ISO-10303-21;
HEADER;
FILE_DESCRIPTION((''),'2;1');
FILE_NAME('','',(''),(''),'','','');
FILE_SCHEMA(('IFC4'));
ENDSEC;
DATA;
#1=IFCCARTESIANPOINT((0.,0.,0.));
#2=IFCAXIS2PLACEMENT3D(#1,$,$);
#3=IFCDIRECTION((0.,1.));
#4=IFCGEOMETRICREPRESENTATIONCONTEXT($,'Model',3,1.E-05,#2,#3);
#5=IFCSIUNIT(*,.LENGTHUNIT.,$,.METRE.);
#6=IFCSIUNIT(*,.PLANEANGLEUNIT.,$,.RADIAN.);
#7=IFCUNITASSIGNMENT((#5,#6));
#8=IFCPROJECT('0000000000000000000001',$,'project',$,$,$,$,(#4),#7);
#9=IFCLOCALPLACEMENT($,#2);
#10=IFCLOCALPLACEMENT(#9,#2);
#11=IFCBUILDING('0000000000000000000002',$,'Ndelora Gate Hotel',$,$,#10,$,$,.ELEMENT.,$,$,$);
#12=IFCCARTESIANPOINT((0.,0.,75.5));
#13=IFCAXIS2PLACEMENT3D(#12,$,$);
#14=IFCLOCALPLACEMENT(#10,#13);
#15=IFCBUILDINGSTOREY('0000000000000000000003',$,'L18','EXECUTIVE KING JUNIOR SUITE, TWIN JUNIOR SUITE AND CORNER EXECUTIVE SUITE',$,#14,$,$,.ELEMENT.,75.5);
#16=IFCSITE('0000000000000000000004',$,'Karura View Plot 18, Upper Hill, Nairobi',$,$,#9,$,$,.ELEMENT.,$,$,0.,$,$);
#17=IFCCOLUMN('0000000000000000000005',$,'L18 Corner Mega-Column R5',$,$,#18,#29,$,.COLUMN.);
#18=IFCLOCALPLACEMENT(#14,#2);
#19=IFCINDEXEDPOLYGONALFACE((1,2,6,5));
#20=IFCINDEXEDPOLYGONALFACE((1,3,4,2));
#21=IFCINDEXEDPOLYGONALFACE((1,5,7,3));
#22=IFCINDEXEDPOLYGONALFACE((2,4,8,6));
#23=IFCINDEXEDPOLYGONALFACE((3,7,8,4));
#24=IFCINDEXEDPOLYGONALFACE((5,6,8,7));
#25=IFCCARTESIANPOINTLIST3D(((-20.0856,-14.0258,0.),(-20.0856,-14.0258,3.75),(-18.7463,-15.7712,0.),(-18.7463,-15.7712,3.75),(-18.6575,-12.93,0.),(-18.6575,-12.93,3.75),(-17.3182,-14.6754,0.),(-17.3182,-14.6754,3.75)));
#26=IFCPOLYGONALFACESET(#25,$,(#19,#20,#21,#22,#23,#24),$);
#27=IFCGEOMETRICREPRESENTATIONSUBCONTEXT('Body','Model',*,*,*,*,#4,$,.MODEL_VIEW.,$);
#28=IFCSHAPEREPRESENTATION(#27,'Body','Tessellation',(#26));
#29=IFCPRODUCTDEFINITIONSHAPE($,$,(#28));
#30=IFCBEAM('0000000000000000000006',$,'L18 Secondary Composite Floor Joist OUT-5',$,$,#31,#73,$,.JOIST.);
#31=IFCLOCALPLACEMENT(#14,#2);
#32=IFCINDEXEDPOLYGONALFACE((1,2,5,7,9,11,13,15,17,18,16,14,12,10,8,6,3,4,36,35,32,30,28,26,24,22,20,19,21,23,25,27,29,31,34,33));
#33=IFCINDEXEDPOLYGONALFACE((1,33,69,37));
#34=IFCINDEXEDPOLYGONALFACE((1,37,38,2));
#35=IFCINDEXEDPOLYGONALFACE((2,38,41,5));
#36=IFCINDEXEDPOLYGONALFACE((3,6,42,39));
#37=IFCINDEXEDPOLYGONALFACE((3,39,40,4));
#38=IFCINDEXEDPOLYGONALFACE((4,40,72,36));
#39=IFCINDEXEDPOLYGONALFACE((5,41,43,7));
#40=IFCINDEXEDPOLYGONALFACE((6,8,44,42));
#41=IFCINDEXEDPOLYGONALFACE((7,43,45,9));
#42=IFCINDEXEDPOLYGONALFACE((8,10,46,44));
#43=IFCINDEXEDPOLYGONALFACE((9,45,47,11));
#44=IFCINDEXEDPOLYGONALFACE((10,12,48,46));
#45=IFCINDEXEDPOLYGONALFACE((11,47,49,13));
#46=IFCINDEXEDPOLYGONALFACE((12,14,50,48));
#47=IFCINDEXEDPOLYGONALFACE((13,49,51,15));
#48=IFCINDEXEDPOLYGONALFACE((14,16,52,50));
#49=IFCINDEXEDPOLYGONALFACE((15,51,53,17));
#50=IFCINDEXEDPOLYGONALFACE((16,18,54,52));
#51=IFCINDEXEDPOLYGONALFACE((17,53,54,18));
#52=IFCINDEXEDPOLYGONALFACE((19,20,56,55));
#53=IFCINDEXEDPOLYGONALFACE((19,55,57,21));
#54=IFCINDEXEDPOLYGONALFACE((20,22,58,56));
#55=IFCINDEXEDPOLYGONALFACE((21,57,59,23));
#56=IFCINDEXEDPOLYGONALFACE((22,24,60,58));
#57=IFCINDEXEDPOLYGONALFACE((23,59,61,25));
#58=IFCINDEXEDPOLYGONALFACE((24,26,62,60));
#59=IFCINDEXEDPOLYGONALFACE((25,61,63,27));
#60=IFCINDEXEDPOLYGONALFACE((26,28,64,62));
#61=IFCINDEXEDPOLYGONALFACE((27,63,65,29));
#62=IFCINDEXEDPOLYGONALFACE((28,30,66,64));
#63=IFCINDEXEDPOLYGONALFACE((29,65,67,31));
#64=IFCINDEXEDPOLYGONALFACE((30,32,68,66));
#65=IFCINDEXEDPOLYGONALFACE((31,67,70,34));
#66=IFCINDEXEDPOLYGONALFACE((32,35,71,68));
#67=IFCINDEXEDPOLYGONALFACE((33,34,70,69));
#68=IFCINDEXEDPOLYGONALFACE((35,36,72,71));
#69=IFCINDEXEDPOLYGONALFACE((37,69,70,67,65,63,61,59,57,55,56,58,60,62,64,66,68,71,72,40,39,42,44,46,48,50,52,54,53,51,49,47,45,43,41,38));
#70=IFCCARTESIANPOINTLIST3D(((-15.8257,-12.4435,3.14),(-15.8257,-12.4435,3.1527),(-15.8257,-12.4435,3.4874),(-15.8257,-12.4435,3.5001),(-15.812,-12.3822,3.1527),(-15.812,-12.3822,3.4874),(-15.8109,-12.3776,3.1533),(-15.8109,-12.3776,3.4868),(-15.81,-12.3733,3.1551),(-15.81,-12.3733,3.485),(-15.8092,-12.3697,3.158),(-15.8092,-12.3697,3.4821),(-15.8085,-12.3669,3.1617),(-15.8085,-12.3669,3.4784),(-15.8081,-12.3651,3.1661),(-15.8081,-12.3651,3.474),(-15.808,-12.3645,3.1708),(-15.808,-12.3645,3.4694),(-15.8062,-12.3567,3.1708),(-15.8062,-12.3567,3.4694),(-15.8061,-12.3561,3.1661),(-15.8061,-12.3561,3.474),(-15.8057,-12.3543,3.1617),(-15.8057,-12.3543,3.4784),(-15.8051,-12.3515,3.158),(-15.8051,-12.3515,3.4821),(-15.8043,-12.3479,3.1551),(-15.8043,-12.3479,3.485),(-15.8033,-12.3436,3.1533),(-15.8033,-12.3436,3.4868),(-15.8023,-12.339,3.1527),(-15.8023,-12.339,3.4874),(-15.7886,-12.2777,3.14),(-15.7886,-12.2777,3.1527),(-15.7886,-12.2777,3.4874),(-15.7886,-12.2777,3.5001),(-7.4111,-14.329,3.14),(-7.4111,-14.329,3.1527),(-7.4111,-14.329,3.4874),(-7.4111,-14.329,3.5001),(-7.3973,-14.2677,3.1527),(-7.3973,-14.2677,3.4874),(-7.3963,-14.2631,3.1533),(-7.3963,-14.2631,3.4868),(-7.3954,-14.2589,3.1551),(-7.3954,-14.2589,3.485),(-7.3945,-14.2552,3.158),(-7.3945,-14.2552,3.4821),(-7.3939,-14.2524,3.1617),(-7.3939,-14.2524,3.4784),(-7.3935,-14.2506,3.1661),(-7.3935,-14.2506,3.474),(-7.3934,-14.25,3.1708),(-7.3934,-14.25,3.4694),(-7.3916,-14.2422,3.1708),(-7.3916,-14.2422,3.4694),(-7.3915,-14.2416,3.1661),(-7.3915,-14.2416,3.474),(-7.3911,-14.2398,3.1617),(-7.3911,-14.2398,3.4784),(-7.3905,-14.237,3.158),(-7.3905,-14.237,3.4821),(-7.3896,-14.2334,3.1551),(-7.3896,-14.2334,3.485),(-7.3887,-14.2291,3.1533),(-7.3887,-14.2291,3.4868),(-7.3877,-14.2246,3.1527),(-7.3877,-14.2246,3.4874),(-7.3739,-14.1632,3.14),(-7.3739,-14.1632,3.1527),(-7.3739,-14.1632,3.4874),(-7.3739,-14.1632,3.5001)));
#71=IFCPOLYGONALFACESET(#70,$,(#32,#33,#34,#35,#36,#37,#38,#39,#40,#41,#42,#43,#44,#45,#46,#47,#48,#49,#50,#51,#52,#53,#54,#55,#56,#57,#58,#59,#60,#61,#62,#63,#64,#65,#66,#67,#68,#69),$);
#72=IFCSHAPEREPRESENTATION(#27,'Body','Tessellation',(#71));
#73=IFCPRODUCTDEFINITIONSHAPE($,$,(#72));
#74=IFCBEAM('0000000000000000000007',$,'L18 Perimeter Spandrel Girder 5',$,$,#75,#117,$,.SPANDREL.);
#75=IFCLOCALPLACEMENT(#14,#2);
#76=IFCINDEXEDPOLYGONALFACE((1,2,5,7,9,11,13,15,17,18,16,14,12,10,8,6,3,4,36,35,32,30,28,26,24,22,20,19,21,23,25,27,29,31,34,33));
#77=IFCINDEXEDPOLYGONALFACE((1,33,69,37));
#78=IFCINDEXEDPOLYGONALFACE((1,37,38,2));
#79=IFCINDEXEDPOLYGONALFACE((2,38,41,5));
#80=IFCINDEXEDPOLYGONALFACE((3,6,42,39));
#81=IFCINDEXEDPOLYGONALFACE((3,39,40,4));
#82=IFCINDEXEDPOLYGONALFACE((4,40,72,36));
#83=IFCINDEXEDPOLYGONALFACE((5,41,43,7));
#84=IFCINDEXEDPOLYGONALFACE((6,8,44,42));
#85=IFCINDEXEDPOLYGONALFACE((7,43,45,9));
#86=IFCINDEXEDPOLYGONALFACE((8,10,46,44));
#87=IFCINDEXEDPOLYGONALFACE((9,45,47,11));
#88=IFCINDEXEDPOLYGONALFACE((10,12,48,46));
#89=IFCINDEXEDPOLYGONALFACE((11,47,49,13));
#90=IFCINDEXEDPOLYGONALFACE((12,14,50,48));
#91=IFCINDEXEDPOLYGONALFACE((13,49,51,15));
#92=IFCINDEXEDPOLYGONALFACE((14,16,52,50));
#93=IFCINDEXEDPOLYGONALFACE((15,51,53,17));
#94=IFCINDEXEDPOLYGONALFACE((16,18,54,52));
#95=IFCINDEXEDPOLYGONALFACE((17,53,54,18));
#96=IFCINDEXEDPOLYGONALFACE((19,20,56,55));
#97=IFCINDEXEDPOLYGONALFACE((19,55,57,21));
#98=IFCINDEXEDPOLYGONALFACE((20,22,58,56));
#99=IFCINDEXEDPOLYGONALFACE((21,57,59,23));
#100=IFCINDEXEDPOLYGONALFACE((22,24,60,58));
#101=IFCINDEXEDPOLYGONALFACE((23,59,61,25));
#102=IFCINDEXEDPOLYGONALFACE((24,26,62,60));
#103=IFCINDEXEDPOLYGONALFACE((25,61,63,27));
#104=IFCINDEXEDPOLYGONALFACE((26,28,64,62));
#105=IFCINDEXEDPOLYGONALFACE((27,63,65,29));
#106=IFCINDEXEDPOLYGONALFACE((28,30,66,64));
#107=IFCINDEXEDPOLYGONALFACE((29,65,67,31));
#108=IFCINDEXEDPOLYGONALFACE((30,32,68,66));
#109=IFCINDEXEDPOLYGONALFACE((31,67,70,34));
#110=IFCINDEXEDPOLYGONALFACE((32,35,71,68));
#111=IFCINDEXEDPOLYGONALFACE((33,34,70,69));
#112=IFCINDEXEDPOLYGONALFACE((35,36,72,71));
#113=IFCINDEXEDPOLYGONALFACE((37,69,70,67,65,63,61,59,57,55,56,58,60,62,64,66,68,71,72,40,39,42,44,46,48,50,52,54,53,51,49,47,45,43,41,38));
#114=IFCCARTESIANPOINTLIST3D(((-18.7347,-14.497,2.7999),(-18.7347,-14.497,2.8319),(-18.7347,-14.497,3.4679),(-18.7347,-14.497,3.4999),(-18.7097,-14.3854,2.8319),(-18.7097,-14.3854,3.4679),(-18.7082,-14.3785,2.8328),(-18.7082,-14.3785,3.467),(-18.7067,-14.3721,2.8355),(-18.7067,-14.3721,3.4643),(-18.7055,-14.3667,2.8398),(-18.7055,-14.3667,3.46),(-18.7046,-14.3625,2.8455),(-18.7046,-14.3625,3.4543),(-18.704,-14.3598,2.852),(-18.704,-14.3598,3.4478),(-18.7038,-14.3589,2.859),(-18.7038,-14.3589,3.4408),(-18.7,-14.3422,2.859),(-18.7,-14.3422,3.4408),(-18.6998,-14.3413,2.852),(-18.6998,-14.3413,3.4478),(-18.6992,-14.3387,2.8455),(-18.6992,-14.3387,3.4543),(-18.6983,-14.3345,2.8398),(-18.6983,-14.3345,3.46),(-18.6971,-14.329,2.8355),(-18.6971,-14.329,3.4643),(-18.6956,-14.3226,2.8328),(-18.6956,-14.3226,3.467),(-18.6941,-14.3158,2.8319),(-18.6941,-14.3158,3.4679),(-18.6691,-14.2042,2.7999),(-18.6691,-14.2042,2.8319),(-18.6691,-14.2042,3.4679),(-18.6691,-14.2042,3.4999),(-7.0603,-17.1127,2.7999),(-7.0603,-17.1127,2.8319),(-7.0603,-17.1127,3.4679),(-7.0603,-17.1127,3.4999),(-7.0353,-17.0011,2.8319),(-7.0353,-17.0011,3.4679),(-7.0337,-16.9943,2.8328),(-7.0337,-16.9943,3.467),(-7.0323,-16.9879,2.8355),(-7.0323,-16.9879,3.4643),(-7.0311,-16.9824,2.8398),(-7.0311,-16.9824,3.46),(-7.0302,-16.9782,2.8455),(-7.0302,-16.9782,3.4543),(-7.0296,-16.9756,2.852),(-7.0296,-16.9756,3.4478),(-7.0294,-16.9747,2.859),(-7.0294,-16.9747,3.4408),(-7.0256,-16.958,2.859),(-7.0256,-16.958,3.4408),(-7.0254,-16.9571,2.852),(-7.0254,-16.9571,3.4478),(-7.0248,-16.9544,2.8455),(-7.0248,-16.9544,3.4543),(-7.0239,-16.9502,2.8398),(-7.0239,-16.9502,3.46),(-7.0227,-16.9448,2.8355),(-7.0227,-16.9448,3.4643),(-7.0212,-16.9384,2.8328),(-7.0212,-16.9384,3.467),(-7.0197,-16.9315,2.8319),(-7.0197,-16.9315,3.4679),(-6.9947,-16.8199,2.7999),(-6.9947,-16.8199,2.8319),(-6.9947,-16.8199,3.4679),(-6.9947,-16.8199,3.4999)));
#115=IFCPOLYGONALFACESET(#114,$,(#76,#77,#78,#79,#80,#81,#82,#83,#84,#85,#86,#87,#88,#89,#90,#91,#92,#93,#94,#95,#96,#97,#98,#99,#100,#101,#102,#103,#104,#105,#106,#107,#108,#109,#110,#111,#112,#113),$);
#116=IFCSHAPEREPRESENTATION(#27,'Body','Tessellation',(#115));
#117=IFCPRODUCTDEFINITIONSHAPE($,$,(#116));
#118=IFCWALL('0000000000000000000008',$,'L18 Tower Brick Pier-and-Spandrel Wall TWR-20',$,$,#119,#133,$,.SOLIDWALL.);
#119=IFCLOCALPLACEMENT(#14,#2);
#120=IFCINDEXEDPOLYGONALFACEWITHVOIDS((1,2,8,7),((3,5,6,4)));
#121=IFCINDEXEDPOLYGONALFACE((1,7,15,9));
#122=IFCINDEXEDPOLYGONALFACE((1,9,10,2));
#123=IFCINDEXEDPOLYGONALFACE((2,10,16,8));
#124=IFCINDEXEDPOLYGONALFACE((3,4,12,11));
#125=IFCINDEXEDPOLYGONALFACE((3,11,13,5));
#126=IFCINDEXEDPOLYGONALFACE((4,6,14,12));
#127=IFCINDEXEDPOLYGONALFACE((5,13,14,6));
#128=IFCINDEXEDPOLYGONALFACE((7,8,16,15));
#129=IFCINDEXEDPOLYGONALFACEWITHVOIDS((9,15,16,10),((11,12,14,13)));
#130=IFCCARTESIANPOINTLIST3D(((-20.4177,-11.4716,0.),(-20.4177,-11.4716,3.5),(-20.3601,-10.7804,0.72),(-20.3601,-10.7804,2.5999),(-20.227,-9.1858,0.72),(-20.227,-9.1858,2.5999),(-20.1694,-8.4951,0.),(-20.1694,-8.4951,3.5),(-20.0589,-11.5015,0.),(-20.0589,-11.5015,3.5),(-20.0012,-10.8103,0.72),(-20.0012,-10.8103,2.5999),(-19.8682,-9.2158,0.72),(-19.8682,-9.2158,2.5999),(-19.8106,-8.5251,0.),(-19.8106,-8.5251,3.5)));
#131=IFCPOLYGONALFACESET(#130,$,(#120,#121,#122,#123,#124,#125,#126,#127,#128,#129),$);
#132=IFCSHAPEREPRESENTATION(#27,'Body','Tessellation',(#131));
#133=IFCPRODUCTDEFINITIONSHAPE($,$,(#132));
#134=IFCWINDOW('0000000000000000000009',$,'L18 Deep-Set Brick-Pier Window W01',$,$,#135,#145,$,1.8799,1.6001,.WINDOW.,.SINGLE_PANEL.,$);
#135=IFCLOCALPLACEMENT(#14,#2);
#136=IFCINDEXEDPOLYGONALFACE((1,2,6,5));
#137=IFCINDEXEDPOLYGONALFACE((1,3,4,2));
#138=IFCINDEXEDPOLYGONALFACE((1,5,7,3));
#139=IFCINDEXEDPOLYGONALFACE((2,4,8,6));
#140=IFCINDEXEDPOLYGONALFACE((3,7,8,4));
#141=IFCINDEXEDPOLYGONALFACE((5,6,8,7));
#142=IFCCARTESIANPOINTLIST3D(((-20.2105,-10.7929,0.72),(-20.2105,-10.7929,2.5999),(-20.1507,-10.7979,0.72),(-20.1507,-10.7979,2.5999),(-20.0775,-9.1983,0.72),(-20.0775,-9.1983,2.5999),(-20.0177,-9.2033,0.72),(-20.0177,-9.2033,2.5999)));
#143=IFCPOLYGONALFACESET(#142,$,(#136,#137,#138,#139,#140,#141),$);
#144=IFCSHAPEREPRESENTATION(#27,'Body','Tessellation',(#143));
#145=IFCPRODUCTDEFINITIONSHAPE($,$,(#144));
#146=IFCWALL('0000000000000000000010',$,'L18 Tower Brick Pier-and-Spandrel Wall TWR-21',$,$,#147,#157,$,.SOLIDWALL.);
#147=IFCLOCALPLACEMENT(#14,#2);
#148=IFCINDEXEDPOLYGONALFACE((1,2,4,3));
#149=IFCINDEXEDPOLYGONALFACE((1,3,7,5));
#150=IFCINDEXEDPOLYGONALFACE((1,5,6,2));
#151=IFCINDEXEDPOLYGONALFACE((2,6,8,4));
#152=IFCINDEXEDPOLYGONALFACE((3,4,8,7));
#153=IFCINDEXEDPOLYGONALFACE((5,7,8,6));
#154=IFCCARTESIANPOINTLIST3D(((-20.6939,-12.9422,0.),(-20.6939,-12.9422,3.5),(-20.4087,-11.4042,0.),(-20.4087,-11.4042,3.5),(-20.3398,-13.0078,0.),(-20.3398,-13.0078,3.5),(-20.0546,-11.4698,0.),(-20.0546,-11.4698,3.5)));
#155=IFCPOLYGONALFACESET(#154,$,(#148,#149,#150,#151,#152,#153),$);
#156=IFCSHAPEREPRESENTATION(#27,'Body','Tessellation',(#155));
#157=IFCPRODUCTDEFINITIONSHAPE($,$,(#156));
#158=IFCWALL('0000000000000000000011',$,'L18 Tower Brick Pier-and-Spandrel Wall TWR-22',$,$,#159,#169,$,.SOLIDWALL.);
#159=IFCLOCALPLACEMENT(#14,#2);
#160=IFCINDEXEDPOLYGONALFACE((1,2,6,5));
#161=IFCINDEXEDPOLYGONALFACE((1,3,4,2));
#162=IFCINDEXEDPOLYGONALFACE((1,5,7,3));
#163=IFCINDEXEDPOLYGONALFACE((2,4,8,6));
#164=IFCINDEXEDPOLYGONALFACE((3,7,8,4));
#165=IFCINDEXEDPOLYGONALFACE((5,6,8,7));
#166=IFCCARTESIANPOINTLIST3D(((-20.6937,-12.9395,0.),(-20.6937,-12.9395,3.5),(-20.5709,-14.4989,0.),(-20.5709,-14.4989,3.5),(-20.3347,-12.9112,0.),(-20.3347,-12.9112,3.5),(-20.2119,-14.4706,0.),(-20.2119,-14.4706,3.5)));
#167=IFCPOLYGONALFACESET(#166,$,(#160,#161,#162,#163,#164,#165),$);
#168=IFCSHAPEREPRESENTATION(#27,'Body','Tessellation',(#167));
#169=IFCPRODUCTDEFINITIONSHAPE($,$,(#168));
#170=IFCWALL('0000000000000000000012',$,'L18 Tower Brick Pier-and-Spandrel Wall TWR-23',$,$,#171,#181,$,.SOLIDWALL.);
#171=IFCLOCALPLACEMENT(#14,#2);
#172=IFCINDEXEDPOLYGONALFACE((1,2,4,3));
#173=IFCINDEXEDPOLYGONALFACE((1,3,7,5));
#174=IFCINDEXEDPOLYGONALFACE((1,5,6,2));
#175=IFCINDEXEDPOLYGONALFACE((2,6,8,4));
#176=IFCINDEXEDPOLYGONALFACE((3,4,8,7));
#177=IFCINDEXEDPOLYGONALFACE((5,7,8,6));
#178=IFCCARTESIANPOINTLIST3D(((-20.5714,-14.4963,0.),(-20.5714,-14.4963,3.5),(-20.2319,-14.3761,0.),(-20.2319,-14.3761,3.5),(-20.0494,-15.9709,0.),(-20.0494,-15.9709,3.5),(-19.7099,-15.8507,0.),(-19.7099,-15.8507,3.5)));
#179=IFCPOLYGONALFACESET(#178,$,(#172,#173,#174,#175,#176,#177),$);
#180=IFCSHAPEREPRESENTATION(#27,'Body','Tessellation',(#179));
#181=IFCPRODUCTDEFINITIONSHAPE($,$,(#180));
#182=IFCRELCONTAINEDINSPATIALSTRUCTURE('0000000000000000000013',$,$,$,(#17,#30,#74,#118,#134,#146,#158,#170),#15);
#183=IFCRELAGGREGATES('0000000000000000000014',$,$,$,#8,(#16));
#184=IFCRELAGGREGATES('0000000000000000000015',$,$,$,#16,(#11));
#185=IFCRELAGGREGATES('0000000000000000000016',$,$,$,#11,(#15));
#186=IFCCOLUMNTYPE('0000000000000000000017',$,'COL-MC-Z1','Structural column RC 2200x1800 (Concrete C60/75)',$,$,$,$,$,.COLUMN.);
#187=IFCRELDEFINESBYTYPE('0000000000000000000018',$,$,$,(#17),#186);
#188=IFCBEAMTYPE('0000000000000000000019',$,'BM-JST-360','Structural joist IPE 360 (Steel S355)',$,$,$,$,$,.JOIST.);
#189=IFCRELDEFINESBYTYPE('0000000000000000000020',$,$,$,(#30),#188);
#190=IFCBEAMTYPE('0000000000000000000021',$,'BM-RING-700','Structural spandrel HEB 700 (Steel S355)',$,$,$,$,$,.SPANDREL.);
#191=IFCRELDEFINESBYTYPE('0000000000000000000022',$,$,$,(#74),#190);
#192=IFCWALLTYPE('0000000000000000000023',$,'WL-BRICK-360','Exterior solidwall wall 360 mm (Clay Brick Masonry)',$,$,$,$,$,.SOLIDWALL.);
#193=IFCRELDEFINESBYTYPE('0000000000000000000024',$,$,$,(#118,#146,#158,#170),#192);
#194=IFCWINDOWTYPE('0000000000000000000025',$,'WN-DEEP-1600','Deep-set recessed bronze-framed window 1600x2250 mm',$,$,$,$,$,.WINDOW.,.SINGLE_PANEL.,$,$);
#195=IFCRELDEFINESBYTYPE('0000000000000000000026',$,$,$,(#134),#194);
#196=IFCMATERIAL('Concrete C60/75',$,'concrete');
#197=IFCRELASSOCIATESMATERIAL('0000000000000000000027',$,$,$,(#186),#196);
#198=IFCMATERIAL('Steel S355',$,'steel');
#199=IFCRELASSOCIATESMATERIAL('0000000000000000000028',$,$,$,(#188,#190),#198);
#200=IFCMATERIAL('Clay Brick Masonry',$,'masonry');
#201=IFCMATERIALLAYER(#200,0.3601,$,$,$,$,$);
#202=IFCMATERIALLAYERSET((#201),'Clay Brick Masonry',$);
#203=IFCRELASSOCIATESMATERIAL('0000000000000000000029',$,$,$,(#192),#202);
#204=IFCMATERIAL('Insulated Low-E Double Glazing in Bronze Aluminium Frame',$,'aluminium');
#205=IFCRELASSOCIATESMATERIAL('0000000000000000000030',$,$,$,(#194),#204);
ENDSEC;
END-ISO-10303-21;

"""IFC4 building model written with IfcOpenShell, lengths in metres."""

from ifc_helpers import new_model, si_unit, direction, frame, frame_2d, origin, origin_2d, place, context, subcontext, project, spatial, rectangle, i_section, extrude, material, layer, layer_set, material_profile, profile_set, type_object, element, fill, save


model = new_model("IFC4")

# Units and contexts
model_context = context("Model", 3, precision=1e-05, world=origin(), true_north=direction((0.0, 1.0)))
body_context = subcontext(model_context, "Body", "Model", "MODEL_VIEW")
ifc_project = project(units=[si_unit("LENGTHUNIT", "METRE"), si_unit("PLANEANGLEUNIT", "RADIAN")], contexts=[model_context])

# Site, building, storey
site_placement = place(None, origin())
site = spatial("IfcSite", under=ifc_project, at=site_placement, Name="Karura View Plot 18, Upper Hill, Nairobi", CompositionType="ELEMENT", RefElevation=0.0)
building_placement = place(site_placement, origin())
building = spatial("IfcBuilding", under=site, at=building_placement, Name="Ndelora Gate Hotel", CompositionType="ELEMENT")
storey_placement = place(building_placement, frame((0.0, 0.0, 75.5)))
storey = spatial("IfcBuildingStorey", under=building, at=storey_placement, Name="L18", Description="EXECUTIVE KING JUNIOR SUITE, TWIN JUNIOR SUITE AND CORNER EXECUTIVE SUITE", CompositionType="ELEMENT", Elevation=75.5)

# Column
ifc_material_1 = material(Name="Concrete C60/75", Category="concrete")
ifc_material_profile_1 = material_profile(ifc_material_1, rectangle(XDim=1.8, YDim=2.2, at=origin_2d()), Name="RC 2200x1800")
ifc_profile_set_1 = profile_set([ifc_material_profile_1], Name="Concrete C60/75")
column_type = type_object("IfcColumnType", Name="COL-MC-Z1", Description="Structural column RC 2200x1800 (Concrete C60/75)", PredefinedType="COLUMN", material=ifc_profile_set_1)
column_placement = place(storey_placement, frame((-18.7019, -14.3506, 0.0), z_axis=(0.0, 0.0, 1.0), x_axis=(0.793353, 0.608761, 0.0)))
element("IfcColumn", 1, at=column_placement, inside=storey, type_object=column_type, Name="L18 Corner Mega-Column R5", PredefinedType="COLUMN", context=body_context, shape_type="SweptSolid", body=[
    extrude(rectangle(XDim=1.8, YDim=2.2, at=origin_2d()), origin(), (0.0, 0.0, 1.0), 3.75),
])

# Beams
ifc_material_2 = material(Name="Steel S355", Category="steel")
ifc_material_profile_2 = material_profile(ifc_material_2, i_section(OverallWidth=0.1699, OverallDepth=0.3601, WebThickness=0.0081, FlangeThickness=0.0127, FilletRadius=0.0181, at=origin_2d()), Name="IPE 360")
ifc_profile_set_2 = profile_set([ifc_material_profile_2], Name="Steel S355")
beam_type_1 = type_object("IfcBeamType", Name="BM-JST-360", Description="Structural joist IPE 360 (Steel S355)", PredefinedType="JOIST", material=ifc_profile_set_2)
beam_1_placement = place(storey_placement, frame((-15.8071, -12.3606, 3.3201), z_axis=(0.975802, -0.218654, 0.0), x_axis=(0.218654, 0.975802, 0.0)))
element("IfcBeam", 2, at=beam_1_placement, inside=storey, type_object=beam_type_1, Name="L18 Secondary Composite Floor Joist OUT-5", PredefinedType="JOIST", context=body_context, shape_type="SweptSolid", body=[
    extrude(i_section(OverallWidth=0.1699, OverallDepth=0.3601, WebThickness=0.0081, FlangeThickness=0.0127, FilletRadius=0.0181, at=origin_2d()), origin(), (0.0, 0.0, 1.0), 8.6233),
])
ifc_material_profile_3 = material_profile(ifc_material_2, i_section(OverallWidth=0.3, OverallDepth=0.7, WebThickness=0.0171, FlangeThickness=0.032, FilletRadius=0.0271, at=origin_2d()), Name="HEB 700")
ifc_profile_set_3 = profile_set([ifc_material_profile_3], Name="Steel S355")
beam_type_2 = type_object("IfcBeamType", Name="BM-RING-700", Description="Structural spandrel HEB 700 (Steel S355)", PredefinedType="SPANDREL", material=ifc_profile_set_3)
beam_2_placement = place(storey_placement, frame((-18.7019, -14.3506, 3.1499), z_axis=(0.975806, -0.218637, 0.0), x_axis=(0.218637, 0.975806, 0.0)))
element("IfcBeam", 3, at=beam_2_placement, inside=storey, type_object=beam_type_2, Name="L18 Perimeter Spandrel Girder 5", PredefinedType="SPANDREL", context=body_context, shape_type="SweptSolid", body=[
    extrude(i_section(OverallWidth=0.3, OverallDepth=0.7, WebThickness=0.0171, FlangeThickness=0.032, FilletRadius=0.0271, at=origin_2d()), origin(), (0.0, 0.0, 1.0), 11.9639),
])

# Wall, opening, window
ifc_material_3 = material(Name="Clay Brick Masonry", Category="masonry")
ifc_layer_1 = layer(ifc_material_3, 0.3601)
ifc_layer_set_1 = layer_set([ifc_layer_1], Name="Clay Brick Masonry")
wall_type_1 = type_object("IfcWallType", Name="WL-BRICK-360", Description="Exterior solidwall wall 360 mm (Clay Brick Masonry)", PredefinedType="SOLIDWALL", material=ifc_layer_set_1)
wall_1_placement = place(storey_placement, frame((-20.2383, -11.4866, 0.0), z_axis=(0.0, 0.0, 1.0), x_axis=(0.083127, 0.996539, 0.0)))
wall_1 = element("IfcWall", 4, at=wall_1_placement, inside=storey, type_object=wall_type_1, Name="L18 Tower Brick Pier-and-Spandrel Wall TWR-20", PredefinedType="SOLIDWALL", context=body_context, shape_type="SweptSolid", body=[
    extrude(rectangle(XDim=2.9868, YDim=0.3601, at=frame_2d((1.4934, 0.0))), origin(), (0.0, 0.0, 1.0), 3.5),
])
opening_1_placement = place(wall_1_placement, frame((0.6936, 0.0, 0.72)))
opening_1 = element("IfcOpeningElement", 5, at=opening_1_placement, cuts=wall_1, PredefinedType="OPENING", context=body_context, shape_type="SweptSolid", body=[
    extrude(rectangle(XDim=1.6001, YDim=1.8799, at=frame_2d((0.8, 0.9399))), frame((0.0, 0.1899, 0.0), z_axis=(0.0, -1.0, 0.0), x_axis=(1.0, 0.0, 0.0)), (0.0, 0.0, 1.0), 0.3801),
])
ifc_material_4 = material(Name="Insulated Low-E Double Glazing in Bronze Aluminium Frame", Category="aluminium")
window_type_1 = type_object("IfcWindowType", Name="WN-DEEP-1600", Description="Deep-set recessed bronze-framed window 1600x2250 mm", PartitioningType="SINGLE_PANEL", PredefinedType="WINDOW", material=ifc_material_4)
window_1_placement = place(opening_1_placement, origin())
window_1 = element("IfcWindow", 6, at=window_1_placement, inside=storey, type_object=window_type_1, Name="L18 Deep-Set Brick-Pier Window W01", OverallHeight=1.8799, OverallWidth=1.6001, PartitioningType="SINGLE_PANEL", PredefinedType="WINDOW", context=body_context, shape_type="SweptSolid", body=[
    extrude(rectangle(XDim=1.6001, YDim=1.8799, at=frame_2d((0.8, 0.9399))), frame((0.0, 0.03, 0.0), z_axis=(0.0, -1.0, 0.0), x_axis=(1.0, 0.0, 0.0)), (0.0, 0.0, 1.0), 0.0601),
])
fill(opening_1, window_1)

# Walls
for number, where, z_axis, x_axis, name in (
    (7, (-20.5168, -12.9751, 0.0), (0.0, 0.0, 1.0), (0.18229, 0.983245, 0.0), "L18 Tower Brick Pier-and-Spandrel Wall TWR-21"),
    (8, (-20.3914, -14.4849, 0.0), (0.0, 0.0, 1.0), (-0.078511, 0.996913, 0.0), "L18 Tower Brick Pier-and-Spandrel Wall TWR-22"),
    (9, (-19.8796, -15.9109, 0.0), (0.0, 0.0, 1.0), (-0.333685, 0.942685, 0.0), "L18 Tower Brick Pier-and-Spandrel Wall TWR-23"),
):
    element("IfcWall", number, at=place(storey_placement, frame(where, z_axis=z_axis, x_axis=x_axis)), inside=storey, type_object=wall_type_1, Name=name, PredefinedType="SOLIDWALL", context=body_context, shape_type="SweptSolid", body=[
        extrude(rectangle(XDim=1.5642, YDim=0.3601, at=frame_2d((0.7822, 0.0))), origin(), (0.0, 0.0, 1.0), 3.5),
    ])

save(model, "model.ifc")
